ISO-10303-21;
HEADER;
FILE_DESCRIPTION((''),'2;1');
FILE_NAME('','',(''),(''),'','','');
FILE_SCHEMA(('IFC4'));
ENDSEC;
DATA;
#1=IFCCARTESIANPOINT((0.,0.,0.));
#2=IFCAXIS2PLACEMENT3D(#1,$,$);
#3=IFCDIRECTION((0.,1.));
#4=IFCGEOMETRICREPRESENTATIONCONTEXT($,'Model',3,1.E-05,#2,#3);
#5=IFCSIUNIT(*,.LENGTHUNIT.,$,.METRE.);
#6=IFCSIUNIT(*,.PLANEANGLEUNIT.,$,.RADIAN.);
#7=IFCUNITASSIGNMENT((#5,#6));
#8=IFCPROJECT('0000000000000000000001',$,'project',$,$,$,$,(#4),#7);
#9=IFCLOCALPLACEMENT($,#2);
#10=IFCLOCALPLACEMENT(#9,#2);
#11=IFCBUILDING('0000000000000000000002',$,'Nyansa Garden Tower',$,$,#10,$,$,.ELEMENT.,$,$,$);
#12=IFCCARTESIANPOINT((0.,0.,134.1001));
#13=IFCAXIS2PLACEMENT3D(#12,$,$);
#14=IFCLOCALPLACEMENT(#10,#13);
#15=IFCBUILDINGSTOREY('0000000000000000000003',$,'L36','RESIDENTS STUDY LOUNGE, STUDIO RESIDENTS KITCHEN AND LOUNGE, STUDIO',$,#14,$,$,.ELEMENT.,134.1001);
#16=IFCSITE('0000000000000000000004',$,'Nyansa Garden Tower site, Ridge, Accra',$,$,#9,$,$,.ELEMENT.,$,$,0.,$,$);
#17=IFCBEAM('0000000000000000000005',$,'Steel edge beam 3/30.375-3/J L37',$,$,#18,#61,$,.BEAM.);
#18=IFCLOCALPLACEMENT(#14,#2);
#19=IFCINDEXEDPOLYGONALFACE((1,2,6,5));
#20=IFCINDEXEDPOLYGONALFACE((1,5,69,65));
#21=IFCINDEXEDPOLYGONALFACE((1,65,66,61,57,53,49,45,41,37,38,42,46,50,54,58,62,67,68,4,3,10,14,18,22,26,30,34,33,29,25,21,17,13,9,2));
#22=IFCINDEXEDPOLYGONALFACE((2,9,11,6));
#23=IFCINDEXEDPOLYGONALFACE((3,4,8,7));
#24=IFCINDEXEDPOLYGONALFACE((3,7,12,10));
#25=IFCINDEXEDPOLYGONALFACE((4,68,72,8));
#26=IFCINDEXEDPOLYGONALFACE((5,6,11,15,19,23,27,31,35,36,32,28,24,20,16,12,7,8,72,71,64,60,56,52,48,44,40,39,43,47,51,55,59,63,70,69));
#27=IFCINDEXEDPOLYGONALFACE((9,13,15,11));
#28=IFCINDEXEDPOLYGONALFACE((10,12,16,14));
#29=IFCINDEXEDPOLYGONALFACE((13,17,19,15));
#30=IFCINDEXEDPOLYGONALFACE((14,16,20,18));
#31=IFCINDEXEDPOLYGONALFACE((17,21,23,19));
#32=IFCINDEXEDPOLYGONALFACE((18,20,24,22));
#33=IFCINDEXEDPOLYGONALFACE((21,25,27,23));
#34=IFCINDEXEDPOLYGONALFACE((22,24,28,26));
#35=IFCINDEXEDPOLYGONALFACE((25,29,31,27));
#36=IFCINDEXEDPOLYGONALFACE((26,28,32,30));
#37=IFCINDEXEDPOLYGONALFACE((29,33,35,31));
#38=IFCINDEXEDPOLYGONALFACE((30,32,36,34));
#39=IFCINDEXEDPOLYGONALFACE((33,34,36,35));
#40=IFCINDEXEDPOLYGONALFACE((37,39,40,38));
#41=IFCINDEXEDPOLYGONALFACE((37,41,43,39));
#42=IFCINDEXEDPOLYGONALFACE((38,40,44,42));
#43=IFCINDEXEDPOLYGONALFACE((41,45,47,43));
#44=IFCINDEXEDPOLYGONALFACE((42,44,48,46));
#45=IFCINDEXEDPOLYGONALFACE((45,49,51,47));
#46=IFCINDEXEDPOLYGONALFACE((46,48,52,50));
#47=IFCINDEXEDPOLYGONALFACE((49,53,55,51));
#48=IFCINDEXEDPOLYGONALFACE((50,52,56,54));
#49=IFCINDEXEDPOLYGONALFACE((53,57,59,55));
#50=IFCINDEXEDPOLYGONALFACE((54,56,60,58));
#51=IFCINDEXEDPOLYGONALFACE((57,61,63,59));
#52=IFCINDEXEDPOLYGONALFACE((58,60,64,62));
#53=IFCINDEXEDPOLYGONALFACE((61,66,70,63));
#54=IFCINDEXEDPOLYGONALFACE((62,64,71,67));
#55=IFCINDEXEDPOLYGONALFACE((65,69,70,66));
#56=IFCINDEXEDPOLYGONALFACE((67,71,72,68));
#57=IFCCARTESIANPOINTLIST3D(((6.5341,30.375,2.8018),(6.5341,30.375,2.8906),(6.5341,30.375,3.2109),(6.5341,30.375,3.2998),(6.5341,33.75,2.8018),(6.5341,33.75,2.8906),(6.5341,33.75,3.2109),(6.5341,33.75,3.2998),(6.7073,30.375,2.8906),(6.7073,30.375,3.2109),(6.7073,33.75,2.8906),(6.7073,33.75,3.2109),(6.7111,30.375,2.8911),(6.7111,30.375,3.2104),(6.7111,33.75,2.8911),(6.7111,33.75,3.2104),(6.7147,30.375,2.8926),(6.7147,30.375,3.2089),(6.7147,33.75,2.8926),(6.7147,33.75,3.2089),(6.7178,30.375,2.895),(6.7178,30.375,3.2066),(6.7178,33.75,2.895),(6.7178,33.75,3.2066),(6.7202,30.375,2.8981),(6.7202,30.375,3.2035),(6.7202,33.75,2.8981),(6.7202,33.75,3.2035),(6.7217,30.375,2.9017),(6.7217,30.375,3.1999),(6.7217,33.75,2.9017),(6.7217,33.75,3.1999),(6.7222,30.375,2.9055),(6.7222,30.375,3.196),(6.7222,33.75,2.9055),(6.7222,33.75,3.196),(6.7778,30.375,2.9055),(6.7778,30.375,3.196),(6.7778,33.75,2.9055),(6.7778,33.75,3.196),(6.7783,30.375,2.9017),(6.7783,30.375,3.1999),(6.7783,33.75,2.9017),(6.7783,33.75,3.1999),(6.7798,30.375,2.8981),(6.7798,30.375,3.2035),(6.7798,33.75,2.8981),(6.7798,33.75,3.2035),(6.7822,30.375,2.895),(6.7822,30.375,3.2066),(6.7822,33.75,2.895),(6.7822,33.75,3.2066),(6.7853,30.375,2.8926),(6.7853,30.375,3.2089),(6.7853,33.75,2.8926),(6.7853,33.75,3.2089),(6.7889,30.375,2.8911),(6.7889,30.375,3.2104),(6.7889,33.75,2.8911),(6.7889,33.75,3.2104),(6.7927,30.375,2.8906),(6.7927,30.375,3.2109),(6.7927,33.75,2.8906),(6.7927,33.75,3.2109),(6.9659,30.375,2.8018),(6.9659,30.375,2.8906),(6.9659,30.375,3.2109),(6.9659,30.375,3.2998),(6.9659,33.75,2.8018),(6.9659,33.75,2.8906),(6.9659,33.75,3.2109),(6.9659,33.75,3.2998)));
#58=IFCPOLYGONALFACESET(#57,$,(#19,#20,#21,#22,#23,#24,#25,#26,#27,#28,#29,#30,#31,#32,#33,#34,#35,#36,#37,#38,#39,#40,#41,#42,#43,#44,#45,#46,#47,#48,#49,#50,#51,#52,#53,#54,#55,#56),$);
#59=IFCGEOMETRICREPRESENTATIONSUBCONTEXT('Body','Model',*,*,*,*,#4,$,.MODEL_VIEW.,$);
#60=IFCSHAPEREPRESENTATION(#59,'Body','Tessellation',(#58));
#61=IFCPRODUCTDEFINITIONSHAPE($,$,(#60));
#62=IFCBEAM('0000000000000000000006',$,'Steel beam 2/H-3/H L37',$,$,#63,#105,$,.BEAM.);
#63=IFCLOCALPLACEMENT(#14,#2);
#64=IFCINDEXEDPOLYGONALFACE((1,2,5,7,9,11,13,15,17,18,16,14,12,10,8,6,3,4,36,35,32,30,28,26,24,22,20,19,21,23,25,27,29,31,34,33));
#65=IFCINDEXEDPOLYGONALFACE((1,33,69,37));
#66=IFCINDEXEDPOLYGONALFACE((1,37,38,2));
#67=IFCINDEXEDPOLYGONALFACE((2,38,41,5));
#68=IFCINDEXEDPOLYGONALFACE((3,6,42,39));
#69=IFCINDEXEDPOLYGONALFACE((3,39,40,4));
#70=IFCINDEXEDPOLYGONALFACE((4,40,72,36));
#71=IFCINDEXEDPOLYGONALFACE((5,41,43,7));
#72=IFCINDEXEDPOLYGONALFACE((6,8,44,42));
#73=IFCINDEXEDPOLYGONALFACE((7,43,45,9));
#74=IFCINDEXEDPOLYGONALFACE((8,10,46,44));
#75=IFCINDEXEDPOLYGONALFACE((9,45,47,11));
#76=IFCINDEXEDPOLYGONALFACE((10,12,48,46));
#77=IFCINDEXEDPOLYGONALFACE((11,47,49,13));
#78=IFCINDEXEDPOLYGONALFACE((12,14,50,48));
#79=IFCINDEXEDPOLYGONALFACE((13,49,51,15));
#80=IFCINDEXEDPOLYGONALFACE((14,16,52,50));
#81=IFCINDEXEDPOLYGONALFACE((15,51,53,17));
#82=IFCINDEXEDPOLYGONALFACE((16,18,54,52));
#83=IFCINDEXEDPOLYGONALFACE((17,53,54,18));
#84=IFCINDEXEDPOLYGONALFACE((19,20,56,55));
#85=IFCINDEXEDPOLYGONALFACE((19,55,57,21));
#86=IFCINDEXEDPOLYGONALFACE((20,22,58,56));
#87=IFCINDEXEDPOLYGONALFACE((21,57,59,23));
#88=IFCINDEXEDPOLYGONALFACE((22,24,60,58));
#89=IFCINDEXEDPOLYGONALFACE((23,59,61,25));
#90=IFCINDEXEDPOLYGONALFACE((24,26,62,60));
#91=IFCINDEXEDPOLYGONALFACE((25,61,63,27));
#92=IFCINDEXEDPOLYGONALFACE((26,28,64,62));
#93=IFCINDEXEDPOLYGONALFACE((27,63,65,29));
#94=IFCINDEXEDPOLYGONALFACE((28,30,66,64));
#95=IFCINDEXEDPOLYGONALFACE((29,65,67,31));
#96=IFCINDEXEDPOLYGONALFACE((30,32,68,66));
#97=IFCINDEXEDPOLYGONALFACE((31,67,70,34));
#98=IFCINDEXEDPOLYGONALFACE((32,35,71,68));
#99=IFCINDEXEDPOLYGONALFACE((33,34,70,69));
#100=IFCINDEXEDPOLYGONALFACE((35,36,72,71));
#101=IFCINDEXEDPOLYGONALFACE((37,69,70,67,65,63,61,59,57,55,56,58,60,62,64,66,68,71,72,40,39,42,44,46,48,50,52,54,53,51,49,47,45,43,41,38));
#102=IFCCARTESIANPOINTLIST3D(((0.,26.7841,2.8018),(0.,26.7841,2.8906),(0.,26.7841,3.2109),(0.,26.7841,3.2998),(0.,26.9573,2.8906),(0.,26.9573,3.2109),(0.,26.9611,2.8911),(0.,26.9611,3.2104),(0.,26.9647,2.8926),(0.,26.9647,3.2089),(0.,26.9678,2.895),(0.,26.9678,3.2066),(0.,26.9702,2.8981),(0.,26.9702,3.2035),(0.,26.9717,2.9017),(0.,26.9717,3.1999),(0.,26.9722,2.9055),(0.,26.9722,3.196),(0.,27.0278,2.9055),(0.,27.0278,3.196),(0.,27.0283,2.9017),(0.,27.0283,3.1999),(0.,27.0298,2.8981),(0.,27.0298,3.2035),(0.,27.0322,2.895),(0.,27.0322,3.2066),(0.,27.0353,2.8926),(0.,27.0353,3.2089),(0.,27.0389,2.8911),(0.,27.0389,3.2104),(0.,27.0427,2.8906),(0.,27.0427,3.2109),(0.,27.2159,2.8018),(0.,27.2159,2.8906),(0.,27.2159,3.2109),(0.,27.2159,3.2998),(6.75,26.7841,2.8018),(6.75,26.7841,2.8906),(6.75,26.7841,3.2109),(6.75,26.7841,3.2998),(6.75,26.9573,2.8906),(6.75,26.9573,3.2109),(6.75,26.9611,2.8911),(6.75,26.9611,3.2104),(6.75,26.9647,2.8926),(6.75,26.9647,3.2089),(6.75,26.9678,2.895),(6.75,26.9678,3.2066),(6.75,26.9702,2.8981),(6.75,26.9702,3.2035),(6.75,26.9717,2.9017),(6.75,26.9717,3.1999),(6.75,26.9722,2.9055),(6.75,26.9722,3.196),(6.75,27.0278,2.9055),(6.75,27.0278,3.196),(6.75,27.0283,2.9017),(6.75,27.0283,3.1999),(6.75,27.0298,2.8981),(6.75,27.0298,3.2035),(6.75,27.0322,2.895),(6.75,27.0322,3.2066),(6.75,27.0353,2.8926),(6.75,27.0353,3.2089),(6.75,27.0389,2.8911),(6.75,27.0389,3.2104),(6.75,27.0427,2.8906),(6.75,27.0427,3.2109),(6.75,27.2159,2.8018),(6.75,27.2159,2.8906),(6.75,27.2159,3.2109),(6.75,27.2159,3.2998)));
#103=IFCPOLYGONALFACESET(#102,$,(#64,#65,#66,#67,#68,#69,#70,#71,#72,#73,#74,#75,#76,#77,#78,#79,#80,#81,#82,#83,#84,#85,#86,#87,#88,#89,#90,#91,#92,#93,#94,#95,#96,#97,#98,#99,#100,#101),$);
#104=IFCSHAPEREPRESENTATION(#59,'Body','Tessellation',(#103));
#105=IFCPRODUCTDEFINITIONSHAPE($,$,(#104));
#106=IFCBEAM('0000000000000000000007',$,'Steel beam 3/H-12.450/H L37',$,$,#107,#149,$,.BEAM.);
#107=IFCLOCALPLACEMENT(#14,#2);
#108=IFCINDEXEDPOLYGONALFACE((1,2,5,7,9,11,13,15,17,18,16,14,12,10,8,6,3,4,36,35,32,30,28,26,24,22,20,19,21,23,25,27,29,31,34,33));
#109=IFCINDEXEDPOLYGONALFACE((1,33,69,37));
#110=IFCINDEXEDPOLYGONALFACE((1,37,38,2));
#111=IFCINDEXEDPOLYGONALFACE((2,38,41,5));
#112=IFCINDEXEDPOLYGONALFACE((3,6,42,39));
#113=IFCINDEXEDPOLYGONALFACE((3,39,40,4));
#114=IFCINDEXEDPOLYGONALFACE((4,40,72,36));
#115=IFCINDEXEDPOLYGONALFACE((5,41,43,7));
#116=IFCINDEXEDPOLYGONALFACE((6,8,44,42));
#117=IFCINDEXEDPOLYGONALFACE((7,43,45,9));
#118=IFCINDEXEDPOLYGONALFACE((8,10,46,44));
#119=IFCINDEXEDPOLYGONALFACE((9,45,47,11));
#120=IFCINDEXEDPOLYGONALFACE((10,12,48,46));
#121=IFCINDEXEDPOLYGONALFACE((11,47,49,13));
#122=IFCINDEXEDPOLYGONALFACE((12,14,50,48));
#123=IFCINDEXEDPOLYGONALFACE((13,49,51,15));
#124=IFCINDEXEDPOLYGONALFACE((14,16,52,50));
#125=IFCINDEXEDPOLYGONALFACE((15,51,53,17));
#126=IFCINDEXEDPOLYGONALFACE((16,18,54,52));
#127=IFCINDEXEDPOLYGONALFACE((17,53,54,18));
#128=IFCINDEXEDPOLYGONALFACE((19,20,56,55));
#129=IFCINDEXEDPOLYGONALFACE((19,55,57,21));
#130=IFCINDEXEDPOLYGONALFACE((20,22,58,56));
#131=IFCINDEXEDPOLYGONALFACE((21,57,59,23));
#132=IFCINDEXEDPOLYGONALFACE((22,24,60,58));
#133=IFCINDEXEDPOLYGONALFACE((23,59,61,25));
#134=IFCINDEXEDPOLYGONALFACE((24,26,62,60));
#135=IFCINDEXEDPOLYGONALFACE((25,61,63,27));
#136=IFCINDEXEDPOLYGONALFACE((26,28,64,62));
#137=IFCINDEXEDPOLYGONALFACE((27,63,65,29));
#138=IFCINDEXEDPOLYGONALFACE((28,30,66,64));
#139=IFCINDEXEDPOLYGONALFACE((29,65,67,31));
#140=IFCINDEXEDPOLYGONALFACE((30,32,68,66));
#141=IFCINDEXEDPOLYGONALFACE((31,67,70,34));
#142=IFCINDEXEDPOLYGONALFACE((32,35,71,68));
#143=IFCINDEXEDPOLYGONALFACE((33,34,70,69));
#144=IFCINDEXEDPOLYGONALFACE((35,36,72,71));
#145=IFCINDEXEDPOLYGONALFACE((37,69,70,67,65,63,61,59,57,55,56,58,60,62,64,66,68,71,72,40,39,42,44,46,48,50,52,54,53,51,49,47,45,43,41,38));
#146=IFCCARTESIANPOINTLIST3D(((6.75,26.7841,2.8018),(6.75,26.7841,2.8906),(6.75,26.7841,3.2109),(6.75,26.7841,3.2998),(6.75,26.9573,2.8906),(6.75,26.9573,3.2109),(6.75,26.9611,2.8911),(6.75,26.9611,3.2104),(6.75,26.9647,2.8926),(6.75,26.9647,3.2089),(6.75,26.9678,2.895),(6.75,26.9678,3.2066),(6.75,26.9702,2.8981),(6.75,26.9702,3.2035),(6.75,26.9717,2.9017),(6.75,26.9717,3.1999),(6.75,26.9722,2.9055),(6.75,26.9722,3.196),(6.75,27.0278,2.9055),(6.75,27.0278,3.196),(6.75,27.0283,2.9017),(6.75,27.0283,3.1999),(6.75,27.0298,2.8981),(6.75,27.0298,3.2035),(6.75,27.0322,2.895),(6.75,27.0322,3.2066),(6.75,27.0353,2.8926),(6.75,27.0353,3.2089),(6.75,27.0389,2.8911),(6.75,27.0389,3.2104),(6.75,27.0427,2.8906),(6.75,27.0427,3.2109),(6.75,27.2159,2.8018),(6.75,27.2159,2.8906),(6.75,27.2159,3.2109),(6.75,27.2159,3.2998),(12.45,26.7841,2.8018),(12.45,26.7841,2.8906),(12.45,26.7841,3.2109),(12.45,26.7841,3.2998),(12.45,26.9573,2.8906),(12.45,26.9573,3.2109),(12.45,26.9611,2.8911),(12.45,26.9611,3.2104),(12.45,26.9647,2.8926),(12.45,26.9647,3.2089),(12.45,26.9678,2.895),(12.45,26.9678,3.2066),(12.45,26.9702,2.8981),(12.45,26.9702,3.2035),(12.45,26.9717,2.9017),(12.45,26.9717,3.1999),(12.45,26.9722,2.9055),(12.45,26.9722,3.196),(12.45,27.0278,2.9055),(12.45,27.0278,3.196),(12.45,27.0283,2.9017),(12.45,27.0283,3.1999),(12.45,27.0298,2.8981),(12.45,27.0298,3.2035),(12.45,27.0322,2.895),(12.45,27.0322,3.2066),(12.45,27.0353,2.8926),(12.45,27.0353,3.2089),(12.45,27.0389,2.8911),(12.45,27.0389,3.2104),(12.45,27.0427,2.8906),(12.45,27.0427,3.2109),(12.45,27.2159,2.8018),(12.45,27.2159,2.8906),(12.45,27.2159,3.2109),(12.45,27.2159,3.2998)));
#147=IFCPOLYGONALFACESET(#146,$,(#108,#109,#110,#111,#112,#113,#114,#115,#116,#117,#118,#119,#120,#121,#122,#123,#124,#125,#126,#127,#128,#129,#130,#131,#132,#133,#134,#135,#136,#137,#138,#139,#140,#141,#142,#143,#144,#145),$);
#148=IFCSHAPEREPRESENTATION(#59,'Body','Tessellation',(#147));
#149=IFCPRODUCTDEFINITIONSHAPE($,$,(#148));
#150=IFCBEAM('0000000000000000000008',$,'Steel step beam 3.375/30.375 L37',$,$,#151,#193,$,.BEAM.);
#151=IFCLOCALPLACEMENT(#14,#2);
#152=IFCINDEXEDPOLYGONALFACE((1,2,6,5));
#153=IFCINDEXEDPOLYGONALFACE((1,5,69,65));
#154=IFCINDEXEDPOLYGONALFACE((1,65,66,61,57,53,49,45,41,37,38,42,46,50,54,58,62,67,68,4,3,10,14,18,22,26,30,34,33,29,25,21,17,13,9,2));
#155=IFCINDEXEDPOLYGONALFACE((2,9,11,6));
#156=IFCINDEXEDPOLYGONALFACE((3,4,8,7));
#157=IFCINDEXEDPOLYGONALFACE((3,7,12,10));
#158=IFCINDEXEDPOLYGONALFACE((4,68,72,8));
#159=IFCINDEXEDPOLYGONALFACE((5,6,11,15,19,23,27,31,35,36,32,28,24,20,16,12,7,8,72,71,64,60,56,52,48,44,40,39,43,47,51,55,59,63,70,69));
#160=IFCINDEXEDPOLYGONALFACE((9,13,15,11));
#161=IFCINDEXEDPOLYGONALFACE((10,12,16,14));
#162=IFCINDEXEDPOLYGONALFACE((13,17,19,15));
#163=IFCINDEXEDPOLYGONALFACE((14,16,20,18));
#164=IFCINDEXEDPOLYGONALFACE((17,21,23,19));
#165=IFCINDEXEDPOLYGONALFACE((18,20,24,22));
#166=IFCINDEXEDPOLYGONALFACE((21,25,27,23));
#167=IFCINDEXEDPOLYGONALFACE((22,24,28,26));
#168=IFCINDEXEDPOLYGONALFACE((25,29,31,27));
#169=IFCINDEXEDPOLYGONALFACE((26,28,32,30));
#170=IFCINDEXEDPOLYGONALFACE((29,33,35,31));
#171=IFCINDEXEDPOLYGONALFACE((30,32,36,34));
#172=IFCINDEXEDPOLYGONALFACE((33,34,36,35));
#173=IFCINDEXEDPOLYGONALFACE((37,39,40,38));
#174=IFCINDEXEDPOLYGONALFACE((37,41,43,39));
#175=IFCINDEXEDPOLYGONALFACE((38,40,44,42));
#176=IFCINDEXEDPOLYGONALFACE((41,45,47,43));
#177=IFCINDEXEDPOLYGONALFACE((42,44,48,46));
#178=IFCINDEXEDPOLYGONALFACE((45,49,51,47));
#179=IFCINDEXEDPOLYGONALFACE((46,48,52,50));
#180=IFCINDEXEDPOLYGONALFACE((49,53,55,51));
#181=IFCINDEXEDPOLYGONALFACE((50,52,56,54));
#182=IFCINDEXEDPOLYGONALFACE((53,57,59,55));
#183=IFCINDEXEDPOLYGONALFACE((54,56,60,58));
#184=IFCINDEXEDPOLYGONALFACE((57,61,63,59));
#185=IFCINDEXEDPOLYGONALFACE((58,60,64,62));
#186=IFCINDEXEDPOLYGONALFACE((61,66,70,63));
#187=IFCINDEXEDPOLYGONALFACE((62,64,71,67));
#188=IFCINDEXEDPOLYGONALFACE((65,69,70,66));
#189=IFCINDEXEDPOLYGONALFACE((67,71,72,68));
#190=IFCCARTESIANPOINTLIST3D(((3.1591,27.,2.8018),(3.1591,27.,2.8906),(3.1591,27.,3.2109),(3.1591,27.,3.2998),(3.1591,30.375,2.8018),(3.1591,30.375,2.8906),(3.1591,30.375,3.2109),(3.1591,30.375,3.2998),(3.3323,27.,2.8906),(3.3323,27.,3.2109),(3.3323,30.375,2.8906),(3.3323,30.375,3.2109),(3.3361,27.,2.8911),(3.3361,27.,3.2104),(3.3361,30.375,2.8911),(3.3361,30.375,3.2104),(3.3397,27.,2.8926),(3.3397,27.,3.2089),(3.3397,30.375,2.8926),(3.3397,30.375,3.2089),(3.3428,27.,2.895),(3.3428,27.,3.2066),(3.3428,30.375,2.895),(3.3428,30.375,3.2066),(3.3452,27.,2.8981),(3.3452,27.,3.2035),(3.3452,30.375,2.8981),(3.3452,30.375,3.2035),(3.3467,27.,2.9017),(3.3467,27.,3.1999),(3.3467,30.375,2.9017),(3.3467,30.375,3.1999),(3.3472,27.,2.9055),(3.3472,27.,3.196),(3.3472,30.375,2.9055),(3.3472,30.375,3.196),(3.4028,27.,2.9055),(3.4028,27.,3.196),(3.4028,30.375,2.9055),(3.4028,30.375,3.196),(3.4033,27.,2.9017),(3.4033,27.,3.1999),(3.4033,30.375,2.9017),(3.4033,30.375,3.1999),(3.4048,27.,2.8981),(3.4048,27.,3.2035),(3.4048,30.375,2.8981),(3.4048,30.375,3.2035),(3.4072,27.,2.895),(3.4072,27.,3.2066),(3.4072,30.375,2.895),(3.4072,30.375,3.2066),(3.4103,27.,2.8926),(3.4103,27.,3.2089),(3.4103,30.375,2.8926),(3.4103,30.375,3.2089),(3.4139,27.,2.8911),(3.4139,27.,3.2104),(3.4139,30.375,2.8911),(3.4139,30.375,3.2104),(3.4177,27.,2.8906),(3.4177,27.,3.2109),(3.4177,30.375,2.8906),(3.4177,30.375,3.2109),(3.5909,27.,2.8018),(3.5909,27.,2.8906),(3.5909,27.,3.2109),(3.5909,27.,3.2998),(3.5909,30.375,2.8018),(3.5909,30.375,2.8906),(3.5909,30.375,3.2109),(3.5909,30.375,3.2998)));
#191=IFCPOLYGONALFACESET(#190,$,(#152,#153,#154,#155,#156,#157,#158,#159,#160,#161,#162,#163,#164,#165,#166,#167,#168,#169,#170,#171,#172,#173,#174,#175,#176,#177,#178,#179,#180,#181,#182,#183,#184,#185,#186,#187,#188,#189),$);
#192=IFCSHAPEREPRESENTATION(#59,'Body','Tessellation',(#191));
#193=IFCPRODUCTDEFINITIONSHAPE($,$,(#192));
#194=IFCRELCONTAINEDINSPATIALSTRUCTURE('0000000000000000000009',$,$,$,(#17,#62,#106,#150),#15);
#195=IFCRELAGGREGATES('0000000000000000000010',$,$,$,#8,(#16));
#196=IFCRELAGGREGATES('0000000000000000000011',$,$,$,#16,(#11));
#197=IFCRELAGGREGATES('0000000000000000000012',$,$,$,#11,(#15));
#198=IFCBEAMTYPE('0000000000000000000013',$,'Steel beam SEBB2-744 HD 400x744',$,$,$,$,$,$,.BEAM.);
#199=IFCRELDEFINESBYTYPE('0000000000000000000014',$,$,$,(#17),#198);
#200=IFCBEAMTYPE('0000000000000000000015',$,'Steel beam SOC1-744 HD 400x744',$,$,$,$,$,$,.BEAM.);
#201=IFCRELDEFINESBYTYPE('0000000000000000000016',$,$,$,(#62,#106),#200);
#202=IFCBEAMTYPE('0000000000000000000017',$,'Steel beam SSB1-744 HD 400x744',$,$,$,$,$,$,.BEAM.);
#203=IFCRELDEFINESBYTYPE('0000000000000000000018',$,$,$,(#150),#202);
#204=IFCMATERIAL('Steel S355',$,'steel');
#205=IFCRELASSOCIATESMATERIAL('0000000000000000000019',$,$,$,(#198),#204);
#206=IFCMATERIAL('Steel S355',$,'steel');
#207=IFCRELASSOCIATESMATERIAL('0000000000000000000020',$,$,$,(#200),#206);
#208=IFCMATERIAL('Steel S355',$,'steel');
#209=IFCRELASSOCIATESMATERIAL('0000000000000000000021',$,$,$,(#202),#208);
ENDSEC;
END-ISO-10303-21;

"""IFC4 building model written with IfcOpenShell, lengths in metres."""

from ifc_helpers import new_model, si_unit, direction, frame, origin, origin_2d, place, context, subcontext, project, spatial, i_section, extrude, material, material_profile, profile_set, type_object, element, save


model = new_model("IFC4")

# Units and contexts
model_context = context("Model", 3, precision=1e-05, world=origin(), true_north=direction((0.0, 1.0)))
body_context = subcontext(model_context, "Body", "Model", "MODEL_VIEW")
ifc_project = project(units=[si_unit("LENGTHUNIT", "METRE"), si_unit("PLANEANGLEUNIT", "RADIAN")], contexts=[model_context])

# Site, building, storey
site_placement = place(None, origin())
site = spatial("IfcSite", under=ifc_project, at=site_placement, Name="Nyansa Garden Tower site, Ridge, Accra", CompositionType="ELEMENT", RefElevation=0.0)
building_placement = place(site_placement, origin())
building = spatial("IfcBuilding", under=site, at=building_placement, Name="Nyansa Garden Tower", CompositionType="ELEMENT")
storey_placement = place(building_placement, frame((0.0, 0.0, 134.1001)))
storey = spatial("IfcBuildingStorey", under=building, at=storey_placement, Name="L36", Description="RESIDENTS STUDY LOUNGE, STUDIO RESIDENTS KITCHEN AND LOUNGE, STUDIO", CompositionType="ELEMENT", Elevation=134.1001)

# Beams
ifc_material_1 = material(Name="Steel S355", Category="steel")
ifc_material_profile_1 = material_profile(ifc_material_1, i_section(OverallWidth=0.4319, OverallDepth=0.498, WebThickness=0.0557, FlangeThickness=0.0889, FilletRadius=0.0149, at=origin_2d()), Name="HD 400x744")
ifc_profile_set_1 = profile_set([ifc_material_profile_1], Name="Steel S355")
beam_type_1 = type_object("IfcBeamType", Name="Steel beam SEBB2-744 HD 400x744", PredefinedType="BEAM", material=ifc_profile_set_1)
beam_1_placement = place(storey_placement, frame((6.75, 30.375, 3.0508), z_axis=(0.0, 1.0, 0.0), x_axis=(-1.0, 0.0, 0.0)))
element("IfcBeam", 1, at=beam_1_placement, inside=storey, type_object=beam_type_1, Name="Steel edge beam 3/30.375-3/J L37", PredefinedType="BEAM", context=body_context, shape_type="SweptSolid", body=[
    extrude(i_section(OverallWidth=0.4319, OverallDepth=0.498, WebThickness=0.0557, FlangeThickness=0.0889, FilletRadius=0.0149, at=origin_2d()), origin(), (0.0, 0.0, 1.0), 3.375),
])
ifc_material_2 = material(Name="Steel S355", Category="steel")
ifc_material_profile_2 = material_profile(ifc_material_2, i_section(OverallWidth=0.4319, OverallDepth=0.498, WebThickness=0.0557, FlangeThickness=0.0889, FilletRadius=0.0149, at=origin_2d()), Name="HD 400x744")
ifc_profile_set_2 = profile_set([ifc_material_profile_2], Name="Steel S355")
beam_type_2 = type_object("IfcBeamType", Name="Steel beam SOC1-744 HD 400x744", PredefinedType="BEAM", material=ifc_profile_set_2)
beam_2_placement = place(storey_placement, frame((0.0, 27.0, 3.0508), z_axis=(1.0, 0.0, 0.0), x_axis=(0.0, 1.0, 0.0)))
element("IfcBeam", 2, at=beam_2_placement, inside=storey, type_object=beam_type_2, Name="Steel beam 2/H-3/H L37", PredefinedType="BEAM", context=body_context, shape_type="SweptSolid", body=[
    extrude(i_section(OverallWidth=0.4319, OverallDepth=0.498, WebThickness=0.0557, FlangeThickness=0.0889, FilletRadius=0.0149, at=origin_2d()), origin(), (0.0, 0.0, 1.0), 6.75),
])
beam_3_placement = place(storey_placement, frame((6.75, 27.0, 3.0508), z_axis=(1.0, 0.0, 0.0), x_axis=(0.0, 1.0, 0.0)))
element("IfcBeam", 3, at=beam_3_placement, inside=storey, type_object=beam_type_2, Name="Steel beam 3/H-12.450/H L37", PredefinedType="BEAM", context=body_context, shape_type="SweptSolid", body=[
    extrude(i_section(OverallWidth=0.4319, OverallDepth=0.498, WebThickness=0.0557, FlangeThickness=0.0889, FilletRadius=0.0149, at=origin_2d()), origin(), (0.0, 0.0, 1.0), 5.7),
])
ifc_material_3 = material(Name="Steel S355", Category="steel")
ifc_material_profile_3 = material_profile(ifc_material_3, i_section(OverallWidth=0.4319, OverallDepth=0.498, WebThickness=0.0557, FlangeThickness=0.0889, FilletRadius=0.0149, at=origin_2d()), Name="HD 400x744")
ifc_profile_set_3 = profile_set([ifc_material_profile_3], Name="Steel S355")
beam_type_3 = type_object("IfcBeamType", Name="Steel beam SSB1-744 HD 400x744", PredefinedType="BEAM", material=ifc_profile_set_3)
for number, where, z_axis, x_axis, name in (
    (4, (3.375, 30.375, 3.0508), (0.0, -1.0, 0.0), (1.0, 0.0, 0.0), "Steel step beam 3.375/30.375 L37"),
):
    element("IfcBeam", number, at=place(storey_placement, frame(where, z_axis=z_axis, x_axis=x_axis)), inside=storey, type_object=beam_type_3, Name=name, PredefinedType="BEAM", context=body_context, shape_type="SweptSolid", body=[
        extrude(i_section(OverallWidth=0.4319, OverallDepth=0.498, WebThickness=0.0557, FlangeThickness=0.0889, FilletRadius=0.0149, at=origin_2d()), origin(), (0.0, 0.0, 1.0), 3.375),
    ])

save(model, "model.ifc")
